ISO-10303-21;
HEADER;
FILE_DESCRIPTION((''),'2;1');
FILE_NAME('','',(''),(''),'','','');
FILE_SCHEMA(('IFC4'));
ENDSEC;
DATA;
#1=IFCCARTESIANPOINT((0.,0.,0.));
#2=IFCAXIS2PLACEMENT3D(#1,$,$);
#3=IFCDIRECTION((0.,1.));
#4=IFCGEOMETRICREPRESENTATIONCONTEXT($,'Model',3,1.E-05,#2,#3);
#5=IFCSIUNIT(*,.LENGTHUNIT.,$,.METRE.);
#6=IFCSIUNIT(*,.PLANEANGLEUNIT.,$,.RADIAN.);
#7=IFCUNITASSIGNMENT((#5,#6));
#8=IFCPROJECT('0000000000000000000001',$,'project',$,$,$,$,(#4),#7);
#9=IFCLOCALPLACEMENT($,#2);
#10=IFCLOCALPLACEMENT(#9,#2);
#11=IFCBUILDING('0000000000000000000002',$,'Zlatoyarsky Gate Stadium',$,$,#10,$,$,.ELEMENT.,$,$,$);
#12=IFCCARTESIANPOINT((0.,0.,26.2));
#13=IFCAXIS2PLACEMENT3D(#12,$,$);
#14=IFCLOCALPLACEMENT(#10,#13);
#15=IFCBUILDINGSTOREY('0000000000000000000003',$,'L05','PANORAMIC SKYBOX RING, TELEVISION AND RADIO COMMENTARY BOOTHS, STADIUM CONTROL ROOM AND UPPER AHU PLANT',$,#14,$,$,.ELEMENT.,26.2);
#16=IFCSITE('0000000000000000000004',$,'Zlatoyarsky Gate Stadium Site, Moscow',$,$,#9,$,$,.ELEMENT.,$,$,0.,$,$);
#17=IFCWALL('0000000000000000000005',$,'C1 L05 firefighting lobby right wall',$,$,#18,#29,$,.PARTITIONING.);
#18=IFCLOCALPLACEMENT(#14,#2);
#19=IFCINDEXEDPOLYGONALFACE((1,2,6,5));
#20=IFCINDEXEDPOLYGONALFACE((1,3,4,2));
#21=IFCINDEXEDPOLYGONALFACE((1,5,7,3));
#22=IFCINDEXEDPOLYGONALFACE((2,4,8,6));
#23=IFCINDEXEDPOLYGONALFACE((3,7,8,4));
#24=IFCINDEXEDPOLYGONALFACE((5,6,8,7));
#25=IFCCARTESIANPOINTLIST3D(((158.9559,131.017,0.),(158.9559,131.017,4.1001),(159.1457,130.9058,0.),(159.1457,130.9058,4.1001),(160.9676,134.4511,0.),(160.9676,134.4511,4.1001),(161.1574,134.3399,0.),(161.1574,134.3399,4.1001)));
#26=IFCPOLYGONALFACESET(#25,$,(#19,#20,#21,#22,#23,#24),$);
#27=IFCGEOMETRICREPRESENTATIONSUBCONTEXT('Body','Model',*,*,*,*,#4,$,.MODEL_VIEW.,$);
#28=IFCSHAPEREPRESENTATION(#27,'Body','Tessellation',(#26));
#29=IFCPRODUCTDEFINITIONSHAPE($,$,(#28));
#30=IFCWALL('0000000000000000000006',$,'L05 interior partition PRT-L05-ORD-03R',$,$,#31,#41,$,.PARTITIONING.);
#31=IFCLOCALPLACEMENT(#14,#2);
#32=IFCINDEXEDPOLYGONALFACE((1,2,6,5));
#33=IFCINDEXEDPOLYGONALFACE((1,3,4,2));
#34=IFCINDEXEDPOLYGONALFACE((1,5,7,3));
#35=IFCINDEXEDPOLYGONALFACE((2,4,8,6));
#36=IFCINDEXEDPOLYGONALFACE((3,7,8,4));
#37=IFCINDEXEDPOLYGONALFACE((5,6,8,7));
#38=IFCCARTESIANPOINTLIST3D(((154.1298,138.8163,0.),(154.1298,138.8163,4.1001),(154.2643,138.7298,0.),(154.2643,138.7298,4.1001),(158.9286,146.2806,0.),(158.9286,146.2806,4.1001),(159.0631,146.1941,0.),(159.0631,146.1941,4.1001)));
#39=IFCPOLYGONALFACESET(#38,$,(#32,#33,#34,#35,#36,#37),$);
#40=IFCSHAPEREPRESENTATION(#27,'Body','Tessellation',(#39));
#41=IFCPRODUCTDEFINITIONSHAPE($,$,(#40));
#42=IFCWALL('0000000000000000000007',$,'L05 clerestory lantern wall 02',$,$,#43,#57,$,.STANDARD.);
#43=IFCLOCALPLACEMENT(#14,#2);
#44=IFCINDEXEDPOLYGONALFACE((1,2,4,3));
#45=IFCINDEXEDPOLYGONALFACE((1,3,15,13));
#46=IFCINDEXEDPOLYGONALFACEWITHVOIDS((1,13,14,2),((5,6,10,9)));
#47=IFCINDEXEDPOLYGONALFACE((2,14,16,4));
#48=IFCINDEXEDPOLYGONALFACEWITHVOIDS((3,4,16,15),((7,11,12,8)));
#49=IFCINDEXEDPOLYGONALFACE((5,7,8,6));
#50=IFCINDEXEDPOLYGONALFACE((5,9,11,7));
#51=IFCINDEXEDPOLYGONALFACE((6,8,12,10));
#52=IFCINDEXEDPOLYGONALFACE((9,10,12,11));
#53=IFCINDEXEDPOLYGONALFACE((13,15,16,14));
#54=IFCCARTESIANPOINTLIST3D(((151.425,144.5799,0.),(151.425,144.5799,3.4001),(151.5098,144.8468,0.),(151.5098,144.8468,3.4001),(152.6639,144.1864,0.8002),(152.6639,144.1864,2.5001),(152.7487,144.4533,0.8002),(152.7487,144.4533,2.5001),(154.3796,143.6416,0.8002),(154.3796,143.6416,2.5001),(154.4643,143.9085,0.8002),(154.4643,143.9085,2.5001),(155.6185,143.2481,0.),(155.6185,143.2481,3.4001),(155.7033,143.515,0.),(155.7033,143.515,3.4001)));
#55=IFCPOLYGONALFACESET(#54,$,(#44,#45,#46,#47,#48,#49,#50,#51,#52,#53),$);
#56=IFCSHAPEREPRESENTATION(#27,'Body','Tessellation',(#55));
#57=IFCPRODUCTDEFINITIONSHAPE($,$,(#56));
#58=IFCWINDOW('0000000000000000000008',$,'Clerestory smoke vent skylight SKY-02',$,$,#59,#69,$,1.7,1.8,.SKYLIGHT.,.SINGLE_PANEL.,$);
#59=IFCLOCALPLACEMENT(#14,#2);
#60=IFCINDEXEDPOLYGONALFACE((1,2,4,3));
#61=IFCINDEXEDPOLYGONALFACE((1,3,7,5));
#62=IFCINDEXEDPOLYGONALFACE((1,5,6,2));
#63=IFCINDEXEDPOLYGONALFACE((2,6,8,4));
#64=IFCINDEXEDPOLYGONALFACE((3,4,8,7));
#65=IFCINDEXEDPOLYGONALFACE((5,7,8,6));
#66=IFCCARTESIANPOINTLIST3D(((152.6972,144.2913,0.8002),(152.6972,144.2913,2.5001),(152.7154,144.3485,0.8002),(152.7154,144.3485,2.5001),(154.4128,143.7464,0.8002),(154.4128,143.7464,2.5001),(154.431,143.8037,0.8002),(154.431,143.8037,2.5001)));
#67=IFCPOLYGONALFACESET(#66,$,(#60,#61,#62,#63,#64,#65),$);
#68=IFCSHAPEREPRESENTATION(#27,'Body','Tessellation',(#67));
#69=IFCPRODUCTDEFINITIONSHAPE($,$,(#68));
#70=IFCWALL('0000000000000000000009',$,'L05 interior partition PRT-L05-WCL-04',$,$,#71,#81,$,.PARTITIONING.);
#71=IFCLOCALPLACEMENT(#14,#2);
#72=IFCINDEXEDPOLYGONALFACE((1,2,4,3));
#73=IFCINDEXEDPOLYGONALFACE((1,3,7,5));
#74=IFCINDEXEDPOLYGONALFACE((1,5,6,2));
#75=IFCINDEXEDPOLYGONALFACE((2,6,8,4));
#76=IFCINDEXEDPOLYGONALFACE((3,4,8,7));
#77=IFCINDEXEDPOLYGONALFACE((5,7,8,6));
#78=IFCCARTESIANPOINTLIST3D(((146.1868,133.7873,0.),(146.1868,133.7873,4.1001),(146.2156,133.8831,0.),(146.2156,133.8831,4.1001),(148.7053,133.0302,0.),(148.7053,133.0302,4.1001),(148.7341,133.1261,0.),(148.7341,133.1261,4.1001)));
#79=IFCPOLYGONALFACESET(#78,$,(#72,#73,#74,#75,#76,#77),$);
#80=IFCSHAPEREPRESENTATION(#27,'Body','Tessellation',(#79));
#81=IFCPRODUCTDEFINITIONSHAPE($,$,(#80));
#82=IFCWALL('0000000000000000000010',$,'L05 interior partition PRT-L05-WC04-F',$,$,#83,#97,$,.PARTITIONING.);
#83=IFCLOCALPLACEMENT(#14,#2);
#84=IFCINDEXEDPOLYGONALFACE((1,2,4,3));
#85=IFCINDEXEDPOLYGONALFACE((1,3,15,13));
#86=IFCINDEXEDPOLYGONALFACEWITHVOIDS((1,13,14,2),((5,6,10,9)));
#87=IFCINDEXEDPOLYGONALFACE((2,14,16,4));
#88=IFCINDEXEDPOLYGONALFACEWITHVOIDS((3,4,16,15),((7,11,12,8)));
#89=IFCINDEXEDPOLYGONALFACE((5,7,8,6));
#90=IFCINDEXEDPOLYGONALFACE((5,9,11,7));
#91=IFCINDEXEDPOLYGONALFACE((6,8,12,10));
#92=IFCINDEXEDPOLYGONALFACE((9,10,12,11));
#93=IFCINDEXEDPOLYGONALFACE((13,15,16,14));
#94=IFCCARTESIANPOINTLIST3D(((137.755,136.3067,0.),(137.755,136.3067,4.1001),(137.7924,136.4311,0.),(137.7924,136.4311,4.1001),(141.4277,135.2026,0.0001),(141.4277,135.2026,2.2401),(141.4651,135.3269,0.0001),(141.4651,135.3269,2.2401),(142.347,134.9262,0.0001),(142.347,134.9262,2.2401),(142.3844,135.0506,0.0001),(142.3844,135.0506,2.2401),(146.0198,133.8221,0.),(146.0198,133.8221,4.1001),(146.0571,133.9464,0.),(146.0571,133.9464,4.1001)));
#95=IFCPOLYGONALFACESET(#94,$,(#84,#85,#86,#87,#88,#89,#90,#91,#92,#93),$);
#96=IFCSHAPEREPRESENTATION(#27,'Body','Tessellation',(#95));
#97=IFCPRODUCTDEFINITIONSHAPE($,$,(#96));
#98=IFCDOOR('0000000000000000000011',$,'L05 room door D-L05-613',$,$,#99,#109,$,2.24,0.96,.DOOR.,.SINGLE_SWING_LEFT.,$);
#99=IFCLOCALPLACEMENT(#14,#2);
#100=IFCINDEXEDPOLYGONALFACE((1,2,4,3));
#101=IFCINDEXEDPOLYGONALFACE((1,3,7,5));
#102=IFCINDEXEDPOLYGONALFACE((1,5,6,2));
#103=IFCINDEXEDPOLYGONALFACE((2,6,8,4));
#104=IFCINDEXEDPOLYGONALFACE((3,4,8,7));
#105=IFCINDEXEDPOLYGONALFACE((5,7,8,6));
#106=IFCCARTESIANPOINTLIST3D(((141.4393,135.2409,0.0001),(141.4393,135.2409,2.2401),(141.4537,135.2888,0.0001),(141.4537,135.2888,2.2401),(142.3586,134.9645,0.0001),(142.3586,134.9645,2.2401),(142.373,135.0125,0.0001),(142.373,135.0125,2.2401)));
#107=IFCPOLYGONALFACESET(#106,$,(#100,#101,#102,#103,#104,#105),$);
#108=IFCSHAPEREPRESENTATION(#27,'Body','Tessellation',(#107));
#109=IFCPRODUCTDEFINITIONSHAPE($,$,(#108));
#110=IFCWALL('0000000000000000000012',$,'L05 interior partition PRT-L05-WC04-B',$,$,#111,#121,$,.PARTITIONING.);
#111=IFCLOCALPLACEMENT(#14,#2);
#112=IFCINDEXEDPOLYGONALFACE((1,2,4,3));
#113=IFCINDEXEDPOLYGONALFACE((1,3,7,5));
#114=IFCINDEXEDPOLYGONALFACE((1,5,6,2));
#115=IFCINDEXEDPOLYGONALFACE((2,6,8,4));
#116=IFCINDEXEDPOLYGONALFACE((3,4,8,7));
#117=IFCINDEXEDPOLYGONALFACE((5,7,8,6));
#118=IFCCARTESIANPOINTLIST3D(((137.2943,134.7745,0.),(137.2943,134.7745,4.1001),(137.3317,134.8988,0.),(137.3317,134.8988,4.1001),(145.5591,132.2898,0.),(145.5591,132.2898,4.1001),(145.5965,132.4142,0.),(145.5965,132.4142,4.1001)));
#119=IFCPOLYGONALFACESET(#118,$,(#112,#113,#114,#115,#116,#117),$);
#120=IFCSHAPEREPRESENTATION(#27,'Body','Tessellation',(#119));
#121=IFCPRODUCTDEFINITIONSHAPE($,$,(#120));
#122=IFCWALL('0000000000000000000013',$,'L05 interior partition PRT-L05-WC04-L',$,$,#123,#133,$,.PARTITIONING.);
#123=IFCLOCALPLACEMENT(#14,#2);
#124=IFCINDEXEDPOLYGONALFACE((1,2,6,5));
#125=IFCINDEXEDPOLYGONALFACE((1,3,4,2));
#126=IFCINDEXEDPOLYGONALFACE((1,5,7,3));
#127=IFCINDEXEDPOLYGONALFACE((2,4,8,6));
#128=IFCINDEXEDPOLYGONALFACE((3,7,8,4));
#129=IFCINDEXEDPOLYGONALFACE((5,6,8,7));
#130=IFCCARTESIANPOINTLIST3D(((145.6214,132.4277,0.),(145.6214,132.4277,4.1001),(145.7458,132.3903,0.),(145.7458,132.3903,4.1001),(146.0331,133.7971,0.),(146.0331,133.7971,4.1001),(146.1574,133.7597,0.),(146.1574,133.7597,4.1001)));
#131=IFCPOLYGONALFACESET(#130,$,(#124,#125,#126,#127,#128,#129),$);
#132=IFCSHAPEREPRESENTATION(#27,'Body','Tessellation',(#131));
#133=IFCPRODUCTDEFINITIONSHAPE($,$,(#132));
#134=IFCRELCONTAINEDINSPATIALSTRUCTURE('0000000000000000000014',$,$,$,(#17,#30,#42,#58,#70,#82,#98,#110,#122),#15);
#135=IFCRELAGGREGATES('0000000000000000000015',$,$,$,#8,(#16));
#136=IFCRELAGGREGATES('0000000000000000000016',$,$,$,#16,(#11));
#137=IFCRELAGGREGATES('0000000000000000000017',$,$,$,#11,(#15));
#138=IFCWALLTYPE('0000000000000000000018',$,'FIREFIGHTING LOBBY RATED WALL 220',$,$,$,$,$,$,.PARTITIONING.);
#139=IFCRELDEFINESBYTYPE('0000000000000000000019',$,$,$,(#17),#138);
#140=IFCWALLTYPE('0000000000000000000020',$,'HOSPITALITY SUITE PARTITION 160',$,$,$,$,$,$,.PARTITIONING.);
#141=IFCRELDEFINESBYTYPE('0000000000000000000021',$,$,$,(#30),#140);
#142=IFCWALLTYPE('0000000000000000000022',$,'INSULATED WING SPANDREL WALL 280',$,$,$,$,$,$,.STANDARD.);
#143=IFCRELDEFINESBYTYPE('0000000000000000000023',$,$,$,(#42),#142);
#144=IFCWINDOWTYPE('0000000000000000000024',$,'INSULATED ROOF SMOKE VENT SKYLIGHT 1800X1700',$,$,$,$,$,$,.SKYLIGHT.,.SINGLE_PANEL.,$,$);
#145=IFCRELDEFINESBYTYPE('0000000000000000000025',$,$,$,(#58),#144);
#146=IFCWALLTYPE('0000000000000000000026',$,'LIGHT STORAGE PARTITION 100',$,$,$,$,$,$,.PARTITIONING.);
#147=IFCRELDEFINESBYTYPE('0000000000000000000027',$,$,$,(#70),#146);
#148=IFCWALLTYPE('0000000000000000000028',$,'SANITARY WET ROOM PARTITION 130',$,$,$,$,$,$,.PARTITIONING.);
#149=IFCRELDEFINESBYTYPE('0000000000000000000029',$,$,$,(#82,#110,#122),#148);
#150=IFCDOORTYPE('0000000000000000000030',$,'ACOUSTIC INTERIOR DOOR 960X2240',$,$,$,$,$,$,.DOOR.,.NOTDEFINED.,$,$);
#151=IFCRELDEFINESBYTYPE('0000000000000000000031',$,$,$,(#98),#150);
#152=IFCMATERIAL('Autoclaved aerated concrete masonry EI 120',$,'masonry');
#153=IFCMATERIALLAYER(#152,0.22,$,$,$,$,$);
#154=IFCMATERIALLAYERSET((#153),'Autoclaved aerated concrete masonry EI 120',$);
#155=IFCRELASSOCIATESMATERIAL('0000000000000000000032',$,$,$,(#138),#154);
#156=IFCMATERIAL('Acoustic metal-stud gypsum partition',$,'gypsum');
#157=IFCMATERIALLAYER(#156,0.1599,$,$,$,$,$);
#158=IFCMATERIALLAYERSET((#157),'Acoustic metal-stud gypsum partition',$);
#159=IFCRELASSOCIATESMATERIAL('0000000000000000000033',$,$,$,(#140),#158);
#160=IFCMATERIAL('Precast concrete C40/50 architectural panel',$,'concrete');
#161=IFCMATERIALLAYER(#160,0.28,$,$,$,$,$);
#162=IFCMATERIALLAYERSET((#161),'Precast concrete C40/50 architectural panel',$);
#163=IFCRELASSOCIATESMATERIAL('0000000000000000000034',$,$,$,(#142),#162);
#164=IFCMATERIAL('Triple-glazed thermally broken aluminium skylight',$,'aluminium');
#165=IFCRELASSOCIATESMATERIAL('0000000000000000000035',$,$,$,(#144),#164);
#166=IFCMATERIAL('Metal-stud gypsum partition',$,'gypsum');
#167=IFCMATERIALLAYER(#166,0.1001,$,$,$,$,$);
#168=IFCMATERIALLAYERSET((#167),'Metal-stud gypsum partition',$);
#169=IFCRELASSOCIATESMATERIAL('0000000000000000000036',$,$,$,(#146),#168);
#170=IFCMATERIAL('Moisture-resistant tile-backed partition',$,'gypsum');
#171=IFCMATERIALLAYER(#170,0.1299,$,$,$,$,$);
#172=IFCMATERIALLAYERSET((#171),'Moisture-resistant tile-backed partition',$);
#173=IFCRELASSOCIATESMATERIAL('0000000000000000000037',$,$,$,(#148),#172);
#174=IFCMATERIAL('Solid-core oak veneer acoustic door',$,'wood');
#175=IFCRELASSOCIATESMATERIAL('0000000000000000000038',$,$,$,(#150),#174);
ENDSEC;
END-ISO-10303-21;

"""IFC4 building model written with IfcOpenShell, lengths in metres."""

from ifc_helpers import new_model, si_unit, direction, frame, frame_2d, origin, place, context, subcontext, project, spatial, rectangle, extrude, material, layer, layer_set, type_object, element, fill, save


model = new_model("IFC4")

# Units and contexts
model_context = context("Model", 3, precision=1e-05, world=origin(), true_north=direction((0.0, 1.0)))
body_context = subcontext(model_context, "Body", "Model", "MODEL_VIEW")
ifc_project = project(units=[si_unit("LENGTHUNIT", "METRE"), si_unit("PLANEANGLEUNIT", "RADIAN")], contexts=[model_context])

# Site, building, storey
site_placement = place(None, origin())
site = spatial("IfcSite", under=ifc_project, at=site_placement, Name="Zlatoyarsky Gate Stadium Site, Moscow", CompositionType="ELEMENT", RefElevation=0.0)
building_placement = place(site_placement, origin())
building = spatial("IfcBuilding", under=site, at=building_placement, Name="Zlatoyarsky Gate Stadium", CompositionType="ELEMENT")
storey_placement = place(building_placement, frame((0.0, 0.0, 26.2)))
storey = spatial("IfcBuildingStorey", under=building, at=storey_placement, Name="L05", Description="PANORAMIC SKYBOX RING, TELEVISION AND RADIO COMMENTARY BOOTHS, STADIUM CONTROL ROOM AND UPPER AHU PLANT", CompositionType="ELEMENT", Elevation=26.2)

# Shared definitions
ifc_material_1 = material(Name="Metal-stud gypsum partition", Category="gypsum")

# Walls
ifc_material_2 = material(Name="Autoclaved aerated concrete masonry EI 120", Category="masonry")
ifc_layer_1 = layer(ifc_material_2, 0.22)
ifc_layer_set_1 = layer_set([ifc_layer_1], Name="Autoclaved aerated concrete masonry EI 120")
wall_type_1 = type_object("IfcWallType", Name="FIREFIGHTING LOBBY RATED WALL 220", PredefinedType="PARTITIONING", material=ifc_layer_set_1)
wall_1_placement = place(storey_placement, frame((161.0625, 134.3955, 0.0), z_axis=(0.0, 0.0, 1.0), x_axis=(-0.505464, -0.862847, 0.0)))
element("IfcWall", 1, at=wall_1_placement, inside=storey, type_object=wall_type_1, Name="C1 L05 firefighting lobby right wall", PredefinedType="PARTITIONING", context=body_context, shape_type="SweptSolid", body=[
    extrude(rectangle(XDim=3.98, YDim=0.22, at=frame_2d((1.99, 0.0))), origin(), (0.0, 0.0, 1.0), 4.1001),
])
ifc_material_3 = material(Name="Acoustic metal-stud gypsum partition", Category="gypsum")
ifc_layer_2 = layer(ifc_material_3, 0.1599)
ifc_layer_set_2 = layer_set([ifc_layer_2], Name="Acoustic metal-stud gypsum partition")
wall_type_2 = type_object("IfcWallType", Name="HOSPITALITY SUITE PARTITION 160", PredefinedType="PARTITIONING", material=ifc_layer_set_2)
wall_2_placement = place(storey_placement, frame((154.197, 138.7729, 0.0), z_axis=(0.0, 0.0, 1.0), x_axis=(0.540783, 0.841162, 0.0)))
element("IfcWall", 2, at=wall_2_placement, inside=storey, type_object=wall_type_2, Name="L05 interior partition PRT-L05-ORD-03R", PredefinedType="PARTITIONING", context=body_context, shape_type="SweptSolid", body=[
    extrude(rectangle(XDim=8.8738, YDim=0.1599, at=frame_2d((4.437, 0.0))), origin(), (0.0, 0.0, 1.0), 4.1001),
])

# Wall, opening, window
ifc_material_4 = material(Name="Precast concrete C40/50 architectural panel", Category="concrete")
ifc_layer_3 = layer(ifc_material_4, 0.28)
ifc_layer_set_3 = layer_set([ifc_layer_3], Name="Precast concrete C40/50 architectural panel")
wall_type_3 = type_object("IfcWallType", Name="INSULATED WING SPANDREL WALL 280", PredefinedType="STANDARD", material=ifc_layer_set_3)
wall_3_placement = place(storey_placement, frame((155.6609, 143.3816, 0.0), z_axis=(0.0, 0.0, 1.0), x_axis=(-0.953093, 0.302679, 0.0)))
wall_3 = element("IfcWall", 3, at=wall_3_placement, inside=storey, type_object=wall_type_3, Name="L05 clerestory lantern wall 02", PredefinedType="STANDARD", context=body_context, shape_type="SweptSolid", body=[
    extrude(rectangle(XDim=4.3999, YDim=0.28, at=frame_2d((2.2, 0.0))), origin(), (0.0, 0.0, 1.0), 3.4001),
])
opening_1_placement = place(wall_3_placement, frame((1.3, 0.0, 0.8)))
opening_1 = element("IfcOpeningElement", 4, at=opening_1_placement, cuts=wall_3, PredefinedType="OPENING", context=body_context, shape_type="SweptSolid", body=[
    extrude(rectangle(XDim=1.8, YDim=1.7, at=frame_2d((0.8999, 0.8501))), frame((0.0, 0.1499, 0.0), z_axis=(0.0, -1.0, 0.0), x_axis=(1.0, 0.0, 0.0)), (0.0, 0.0, 1.0), 0.3),
])
ifc_material_5 = material(Name="Triple-glazed thermally broken aluminium skylight", Category="aluminium")
window_type = type_object("IfcWindowType", Name="INSULATED ROOF SMOKE VENT SKYLIGHT 1800X1700", PartitioningType="SINGLE_PANEL", PredefinedType="SKYLIGHT", material=ifc_material_5)
window_placement = place(opening_1_placement, origin())
window = element("IfcWindow", 5, at=window_placement, inside=storey, type_object=window_type, Name="Clerestory smoke vent skylight SKY-02", OverallHeight=1.7, OverallWidth=1.8, PartitioningType="SINGLE_PANEL", PredefinedType="SKYLIGHT", context=body_context, shape_type="SweptSolid", body=[
    extrude(rectangle(XDim=1.8, YDim=1.7, at=frame_2d((0.8999, 0.8501))), frame((0.0, 0.03, 0.0), z_axis=(0.0, -1.0, 0.0), x_axis=(1.0, 0.0, 0.0)), (0.0, 0.0, 1.0), 0.0601),
])
fill(opening_1, window)

# Wall
ifc_layer_4 = layer(ifc_material_1, 0.1001)
ifc_layer_set_4 = layer_set([ifc_layer_4], Name="Metal-stud gypsum partition")
wall_type_4 = type_object("IfcWallType", Name="LIGHT STORAGE PARTITION 100", PredefinedType="PARTITIONING", material=ifc_layer_set_4)
wall_4_placement = place(storey_placement, frame((148.7197, 133.0781, 0.0), z_axis=(0.0, 0.0, 1.0), x_axis=(-0.957668, 0.287876, 0.0)))
element("IfcWall", 6, at=wall_4_placement, inside=storey, type_object=wall_type_4, Name="L05 interior partition PRT-L05-WCL-04", PredefinedType="PARTITIONING", context=body_context, shape_type="SweptSolid", body=[
    extrude(rectangle(XDim=2.6299, YDim=0.1001, at=frame_2d((1.3149, 0.0))), origin(), (0.0, 0.0, 1.0), 4.1001),
])

# Wall, opening, door
ifc_material_6 = material(Name="Moisture-resistant tile-backed partition", Category="gypsum")
ifc_layer_5 = layer(ifc_material_6, 0.1299)
ifc_layer_set_5 = layer_set([ifc_layer_5], Name="Moisture-resistant tile-backed partition")
wall_type_5 = type_object("IfcWallType", Name="SANITARY WET ROOM PARTITION 130", PredefinedType="PARTITIONING", material=ifc_layer_set_5)
wall_5_placement = place(storey_placement, frame((146.0383, 133.8843, 0.0), z_axis=(0.0, 0.0, 1.0), x_axis=(-0.95766, 0.287903, 0.0)))
wall_5 = element("IfcWall", 7, at=wall_5_placement, inside=storey, type_object=wall_type_5, Name="L05 interior partition PRT-L05-WC04-F", PredefinedType="PARTITIONING", context=body_context, shape_type="SweptSolid", body=[
    extrude(rectangle(XDim=8.6301, YDim=0.1299, at=frame_2d((4.3149, 0.0))), origin(), (0.0, 0.0, 1.0), 4.1001),
])
opening_2_placement = place(wall_5_placement, frame((3.835, 0.0, 0.0)))
opening_2 = element("IfcOpeningElement", 8, at=opening_2_placement, cuts=wall_5, PredefinedType="OPENING", context=body_context, shape_type="SweptSolid", body=[
    extrude(rectangle(XDim=0.96, YDim=2.24, at=frame_2d((0.48, 1.1201))), frame((0.0, 0.075, 0.0), z_axis=(0.0, -1.0, 0.0), x_axis=(1.0, 0.0, 0.0)), (0.0, 0.0, 1.0), 0.1499),
])
ifc_material_7 = material(Name="Solid-core oak veneer acoustic door", Category="wood")
door_type_1 = type_object("IfcDoorType", Name="ACOUSTIC INTERIOR DOOR 960X2240", OperationType="NOTDEFINED", PredefinedType="DOOR", material=ifc_material_7)
door_1_placement = place(opening_2_placement, origin())
door_1 = element("IfcDoor", 9, at=door_1_placement, inside=storey, type_object=door_type_1, Name="L05 room door D-L05-613", OperationType="SINGLE_SWING_LEFT", OverallHeight=2.24, OverallWidth=0.96, PredefinedType="DOOR", context=body_context, shape_type="SweptSolid", body=[
    extrude(rectangle(XDim=0.96, YDim=2.24, at=frame_2d((0.48, 1.1201))), frame((0.0, 0.0249, 0.0), z_axis=(0.0, -1.0, 0.0), x_axis=(1.0, 0.0, 0.0)), (0.0, 0.0, 1.0), 0.05),
])
fill(opening_2, door_1)

# Walls
wall_6_placement = place(storey_placement, frame((145.5776, 132.3521, 0.0), z_axis=(0.0, 0.0, 1.0), x_axis=(-0.95766, 0.287903, 0.0)))
element("IfcWall", 10, at=wall_6_placement, inside=storey, type_object=wall_type_5, Name="L05 interior partition PRT-L05-WC04-B", PredefinedType="PARTITIONING", context=body_context, shape_type="SweptSolid", body=[
    extrude(rectangle(XDim=8.6301, YDim=0.1299, at=frame_2d((4.3149, 0.0))), origin(), (0.0, 0.0, 1.0), 4.1001),
])
wall_7_placement = place(storey_placement, frame((146.0952, 133.7783, 0.0), z_axis=(0.0, 0.0, 1.0), x_axis=(-0.287865, -0.957671, 0.0)))
element("IfcWall", 11, at=wall_7_placement, inside=storey, type_object=wall_type_5, Name="L05 interior partition PRT-L05-WC04-L", PredefinedType="PARTITIONING", context=body_context, shape_type="SweptSolid", body=[
    extrude(rectangle(XDim=1.4299, YDim=0.1299, at=frame_2d((0.7148, 0.0))), origin(), (0.0, 0.0, 1.0), 4.1001),
])

save(model, "model.ifc")
